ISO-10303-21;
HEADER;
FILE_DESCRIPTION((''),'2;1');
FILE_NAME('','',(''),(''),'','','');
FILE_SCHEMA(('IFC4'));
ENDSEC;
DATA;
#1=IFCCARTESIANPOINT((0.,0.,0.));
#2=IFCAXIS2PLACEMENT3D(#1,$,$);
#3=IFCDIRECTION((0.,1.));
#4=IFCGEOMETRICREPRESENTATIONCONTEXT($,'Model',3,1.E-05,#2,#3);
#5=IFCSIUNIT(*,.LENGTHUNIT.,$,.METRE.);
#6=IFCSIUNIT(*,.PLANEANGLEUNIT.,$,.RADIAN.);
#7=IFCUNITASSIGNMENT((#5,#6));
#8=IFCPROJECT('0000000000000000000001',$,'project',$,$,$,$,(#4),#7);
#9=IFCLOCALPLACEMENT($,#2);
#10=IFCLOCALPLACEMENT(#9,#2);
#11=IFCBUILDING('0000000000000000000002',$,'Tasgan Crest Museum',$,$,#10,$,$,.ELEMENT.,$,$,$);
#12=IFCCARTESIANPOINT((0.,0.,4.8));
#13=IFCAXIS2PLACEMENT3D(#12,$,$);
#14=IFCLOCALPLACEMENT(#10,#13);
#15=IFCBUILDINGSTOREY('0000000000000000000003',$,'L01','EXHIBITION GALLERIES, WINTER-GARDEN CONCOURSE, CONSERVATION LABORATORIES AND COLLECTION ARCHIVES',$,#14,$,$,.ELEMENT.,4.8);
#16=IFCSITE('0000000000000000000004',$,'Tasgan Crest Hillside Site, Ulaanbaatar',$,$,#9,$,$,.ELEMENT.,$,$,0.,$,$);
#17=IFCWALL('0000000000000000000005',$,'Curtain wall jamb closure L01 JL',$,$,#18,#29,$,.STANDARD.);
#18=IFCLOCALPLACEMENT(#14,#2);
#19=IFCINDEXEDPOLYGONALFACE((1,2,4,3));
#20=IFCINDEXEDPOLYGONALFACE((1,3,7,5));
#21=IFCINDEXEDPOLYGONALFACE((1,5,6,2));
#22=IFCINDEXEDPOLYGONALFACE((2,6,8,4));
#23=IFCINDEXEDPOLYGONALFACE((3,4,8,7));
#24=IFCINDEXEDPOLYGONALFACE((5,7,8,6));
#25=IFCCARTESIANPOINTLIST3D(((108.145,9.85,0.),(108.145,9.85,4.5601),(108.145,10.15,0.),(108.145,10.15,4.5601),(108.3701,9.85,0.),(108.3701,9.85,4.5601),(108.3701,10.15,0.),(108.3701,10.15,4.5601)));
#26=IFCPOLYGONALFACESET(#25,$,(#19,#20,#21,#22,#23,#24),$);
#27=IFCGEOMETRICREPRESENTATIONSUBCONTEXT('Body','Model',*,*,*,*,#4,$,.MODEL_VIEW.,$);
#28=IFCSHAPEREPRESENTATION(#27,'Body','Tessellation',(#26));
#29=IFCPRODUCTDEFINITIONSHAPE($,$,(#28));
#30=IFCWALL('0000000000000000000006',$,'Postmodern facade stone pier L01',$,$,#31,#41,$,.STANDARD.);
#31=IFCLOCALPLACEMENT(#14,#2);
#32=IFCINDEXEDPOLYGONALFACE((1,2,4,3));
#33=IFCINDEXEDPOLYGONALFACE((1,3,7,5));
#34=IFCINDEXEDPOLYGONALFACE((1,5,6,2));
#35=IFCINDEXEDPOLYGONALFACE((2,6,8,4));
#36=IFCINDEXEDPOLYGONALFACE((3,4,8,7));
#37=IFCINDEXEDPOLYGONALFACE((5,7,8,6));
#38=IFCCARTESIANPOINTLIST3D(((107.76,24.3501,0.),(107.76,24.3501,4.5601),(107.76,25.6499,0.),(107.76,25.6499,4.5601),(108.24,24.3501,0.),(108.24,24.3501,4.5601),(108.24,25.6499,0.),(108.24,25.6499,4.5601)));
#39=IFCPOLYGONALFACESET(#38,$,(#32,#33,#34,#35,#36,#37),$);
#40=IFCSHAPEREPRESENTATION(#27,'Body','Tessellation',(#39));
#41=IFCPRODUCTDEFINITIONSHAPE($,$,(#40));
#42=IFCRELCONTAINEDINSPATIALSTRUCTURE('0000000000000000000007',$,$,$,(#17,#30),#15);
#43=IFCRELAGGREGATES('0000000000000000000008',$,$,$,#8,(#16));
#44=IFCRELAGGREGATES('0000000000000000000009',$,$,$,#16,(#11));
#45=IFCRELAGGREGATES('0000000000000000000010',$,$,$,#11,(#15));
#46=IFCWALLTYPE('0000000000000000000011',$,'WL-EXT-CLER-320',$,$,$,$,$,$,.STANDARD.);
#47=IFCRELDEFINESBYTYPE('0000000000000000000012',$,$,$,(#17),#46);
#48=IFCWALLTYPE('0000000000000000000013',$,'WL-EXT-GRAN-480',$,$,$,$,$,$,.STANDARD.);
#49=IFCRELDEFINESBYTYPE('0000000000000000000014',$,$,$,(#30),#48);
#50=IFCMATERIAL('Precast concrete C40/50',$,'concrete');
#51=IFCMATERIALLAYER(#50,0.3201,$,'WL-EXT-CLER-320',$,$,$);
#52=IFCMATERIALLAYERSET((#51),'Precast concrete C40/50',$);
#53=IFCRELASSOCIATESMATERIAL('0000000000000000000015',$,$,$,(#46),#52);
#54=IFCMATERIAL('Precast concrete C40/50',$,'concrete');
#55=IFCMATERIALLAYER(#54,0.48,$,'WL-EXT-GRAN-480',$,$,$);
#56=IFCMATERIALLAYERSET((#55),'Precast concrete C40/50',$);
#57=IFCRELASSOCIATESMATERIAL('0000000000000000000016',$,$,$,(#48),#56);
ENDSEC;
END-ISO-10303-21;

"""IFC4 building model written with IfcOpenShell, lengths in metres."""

from ifc_helpers import new_model, si_unit, direction, frame, frame_2d, origin, place, context, subcontext, project, spatial, rectangle, extrude, material, layer, layer_set, type_object, element, save


model = new_model("IFC4")

# Units and contexts
model_context = context("Model", 3, precision=1e-05, world=origin(), true_north=direction((0.0, 1.0)))
body_context = subcontext(model_context, "Body", "Model", "MODEL_VIEW")
ifc_project = project(units=[si_unit("LENGTHUNIT", "METRE"), si_unit("PLANEANGLEUNIT", "RADIAN")], contexts=[model_context])

# Site, building, storey
site_placement = place(None, origin())
site = spatial("IfcSite", under=ifc_project, at=site_placement, Name="Tasgan Crest Hillside Site, Ulaanbaatar", CompositionType="ELEMENT", RefElevation=0.0)
building_placement = place(site_placement, origin())
building = spatial("IfcBuilding", under=site, at=building_placement, Name="Tasgan Crest Museum", CompositionType="ELEMENT")
storey_placement = place(building_placement, frame((0.0, 0.0, 4.8)))
storey = spatial("IfcBuildingStorey", under=building, at=storey_placement, Name="L01", Description="EXHIBITION GALLERIES, WINTER-GARDEN CONCOURSE, CONSERVATION LABORATORIES AND COLLECTION ARCHIVES", CompositionType="ELEMENT", Elevation=4.8)

# Walls
ifc_material_1 = material(Name="Precast concrete C40/50", Category="concrete")
ifc_layer_1 = layer(ifc_material_1, 0.3201, Name="WL-EXT-CLER-320")
ifc_layer_set_1 = layer_set([ifc_layer_1], Name="Precast concrete C40/50")
wall_type_1 = type_object("IfcWallType", Name="WL-EXT-CLER-320", PredefinedType="STANDARD", material=ifc_layer_set_1)
wall_1_placement = place(storey_placement, frame((108.145, 10.0, 0.0), z_axis=(0.0, 0.0, 1.0), x_axis=(1.0, 0.0, 0.0)))
element("IfcWall", 1, at=wall_1_placement, inside=storey, type_object=wall_type_1, Name="Curtain wall jamb closure L01 JL", PredefinedType="STANDARD", context=body_context, shape_type="SweptSolid", body=[
    extrude(rectangle(XDim=0.2251, YDim=0.3, at=frame_2d((0.1125, 0.0))), origin(), (0.0, 0.0, 1.0), 4.5601),
])
ifc_material_2 = material(Name="Precast concrete C40/50", Category="concrete")
ifc_layer_2 = layer(ifc_material_2, 0.48, Name="WL-EXT-GRAN-480")
ifc_layer_set_2 = layer_set([ifc_layer_2], Name="Precast concrete C40/50")
wall_type_2 = type_object("IfcWallType", Name="WL-EXT-GRAN-480", PredefinedType="STANDARD", material=ifc_layer_set_2)
wall_2_placement = place(storey_placement, frame((108.0, 25.6499, 0.0), z_axis=(0.0, 0.0, 1.0), x_axis=(0.0, -1.0, 0.0)))
element("IfcWall", 2, at=wall_2_placement, inside=storey, type_object=wall_type_2, Name="Postmodern facade stone pier L01", PredefinedType="STANDARD", context=body_context, shape_type="SweptSolid", body=[
    extrude(rectangle(XDim=1.2998, YDim=0.48, at=frame_2d((0.6499, 0.0))), origin(), (0.0, 0.0, 1.0), 4.5601),
])

save(model, "model.ifc")
